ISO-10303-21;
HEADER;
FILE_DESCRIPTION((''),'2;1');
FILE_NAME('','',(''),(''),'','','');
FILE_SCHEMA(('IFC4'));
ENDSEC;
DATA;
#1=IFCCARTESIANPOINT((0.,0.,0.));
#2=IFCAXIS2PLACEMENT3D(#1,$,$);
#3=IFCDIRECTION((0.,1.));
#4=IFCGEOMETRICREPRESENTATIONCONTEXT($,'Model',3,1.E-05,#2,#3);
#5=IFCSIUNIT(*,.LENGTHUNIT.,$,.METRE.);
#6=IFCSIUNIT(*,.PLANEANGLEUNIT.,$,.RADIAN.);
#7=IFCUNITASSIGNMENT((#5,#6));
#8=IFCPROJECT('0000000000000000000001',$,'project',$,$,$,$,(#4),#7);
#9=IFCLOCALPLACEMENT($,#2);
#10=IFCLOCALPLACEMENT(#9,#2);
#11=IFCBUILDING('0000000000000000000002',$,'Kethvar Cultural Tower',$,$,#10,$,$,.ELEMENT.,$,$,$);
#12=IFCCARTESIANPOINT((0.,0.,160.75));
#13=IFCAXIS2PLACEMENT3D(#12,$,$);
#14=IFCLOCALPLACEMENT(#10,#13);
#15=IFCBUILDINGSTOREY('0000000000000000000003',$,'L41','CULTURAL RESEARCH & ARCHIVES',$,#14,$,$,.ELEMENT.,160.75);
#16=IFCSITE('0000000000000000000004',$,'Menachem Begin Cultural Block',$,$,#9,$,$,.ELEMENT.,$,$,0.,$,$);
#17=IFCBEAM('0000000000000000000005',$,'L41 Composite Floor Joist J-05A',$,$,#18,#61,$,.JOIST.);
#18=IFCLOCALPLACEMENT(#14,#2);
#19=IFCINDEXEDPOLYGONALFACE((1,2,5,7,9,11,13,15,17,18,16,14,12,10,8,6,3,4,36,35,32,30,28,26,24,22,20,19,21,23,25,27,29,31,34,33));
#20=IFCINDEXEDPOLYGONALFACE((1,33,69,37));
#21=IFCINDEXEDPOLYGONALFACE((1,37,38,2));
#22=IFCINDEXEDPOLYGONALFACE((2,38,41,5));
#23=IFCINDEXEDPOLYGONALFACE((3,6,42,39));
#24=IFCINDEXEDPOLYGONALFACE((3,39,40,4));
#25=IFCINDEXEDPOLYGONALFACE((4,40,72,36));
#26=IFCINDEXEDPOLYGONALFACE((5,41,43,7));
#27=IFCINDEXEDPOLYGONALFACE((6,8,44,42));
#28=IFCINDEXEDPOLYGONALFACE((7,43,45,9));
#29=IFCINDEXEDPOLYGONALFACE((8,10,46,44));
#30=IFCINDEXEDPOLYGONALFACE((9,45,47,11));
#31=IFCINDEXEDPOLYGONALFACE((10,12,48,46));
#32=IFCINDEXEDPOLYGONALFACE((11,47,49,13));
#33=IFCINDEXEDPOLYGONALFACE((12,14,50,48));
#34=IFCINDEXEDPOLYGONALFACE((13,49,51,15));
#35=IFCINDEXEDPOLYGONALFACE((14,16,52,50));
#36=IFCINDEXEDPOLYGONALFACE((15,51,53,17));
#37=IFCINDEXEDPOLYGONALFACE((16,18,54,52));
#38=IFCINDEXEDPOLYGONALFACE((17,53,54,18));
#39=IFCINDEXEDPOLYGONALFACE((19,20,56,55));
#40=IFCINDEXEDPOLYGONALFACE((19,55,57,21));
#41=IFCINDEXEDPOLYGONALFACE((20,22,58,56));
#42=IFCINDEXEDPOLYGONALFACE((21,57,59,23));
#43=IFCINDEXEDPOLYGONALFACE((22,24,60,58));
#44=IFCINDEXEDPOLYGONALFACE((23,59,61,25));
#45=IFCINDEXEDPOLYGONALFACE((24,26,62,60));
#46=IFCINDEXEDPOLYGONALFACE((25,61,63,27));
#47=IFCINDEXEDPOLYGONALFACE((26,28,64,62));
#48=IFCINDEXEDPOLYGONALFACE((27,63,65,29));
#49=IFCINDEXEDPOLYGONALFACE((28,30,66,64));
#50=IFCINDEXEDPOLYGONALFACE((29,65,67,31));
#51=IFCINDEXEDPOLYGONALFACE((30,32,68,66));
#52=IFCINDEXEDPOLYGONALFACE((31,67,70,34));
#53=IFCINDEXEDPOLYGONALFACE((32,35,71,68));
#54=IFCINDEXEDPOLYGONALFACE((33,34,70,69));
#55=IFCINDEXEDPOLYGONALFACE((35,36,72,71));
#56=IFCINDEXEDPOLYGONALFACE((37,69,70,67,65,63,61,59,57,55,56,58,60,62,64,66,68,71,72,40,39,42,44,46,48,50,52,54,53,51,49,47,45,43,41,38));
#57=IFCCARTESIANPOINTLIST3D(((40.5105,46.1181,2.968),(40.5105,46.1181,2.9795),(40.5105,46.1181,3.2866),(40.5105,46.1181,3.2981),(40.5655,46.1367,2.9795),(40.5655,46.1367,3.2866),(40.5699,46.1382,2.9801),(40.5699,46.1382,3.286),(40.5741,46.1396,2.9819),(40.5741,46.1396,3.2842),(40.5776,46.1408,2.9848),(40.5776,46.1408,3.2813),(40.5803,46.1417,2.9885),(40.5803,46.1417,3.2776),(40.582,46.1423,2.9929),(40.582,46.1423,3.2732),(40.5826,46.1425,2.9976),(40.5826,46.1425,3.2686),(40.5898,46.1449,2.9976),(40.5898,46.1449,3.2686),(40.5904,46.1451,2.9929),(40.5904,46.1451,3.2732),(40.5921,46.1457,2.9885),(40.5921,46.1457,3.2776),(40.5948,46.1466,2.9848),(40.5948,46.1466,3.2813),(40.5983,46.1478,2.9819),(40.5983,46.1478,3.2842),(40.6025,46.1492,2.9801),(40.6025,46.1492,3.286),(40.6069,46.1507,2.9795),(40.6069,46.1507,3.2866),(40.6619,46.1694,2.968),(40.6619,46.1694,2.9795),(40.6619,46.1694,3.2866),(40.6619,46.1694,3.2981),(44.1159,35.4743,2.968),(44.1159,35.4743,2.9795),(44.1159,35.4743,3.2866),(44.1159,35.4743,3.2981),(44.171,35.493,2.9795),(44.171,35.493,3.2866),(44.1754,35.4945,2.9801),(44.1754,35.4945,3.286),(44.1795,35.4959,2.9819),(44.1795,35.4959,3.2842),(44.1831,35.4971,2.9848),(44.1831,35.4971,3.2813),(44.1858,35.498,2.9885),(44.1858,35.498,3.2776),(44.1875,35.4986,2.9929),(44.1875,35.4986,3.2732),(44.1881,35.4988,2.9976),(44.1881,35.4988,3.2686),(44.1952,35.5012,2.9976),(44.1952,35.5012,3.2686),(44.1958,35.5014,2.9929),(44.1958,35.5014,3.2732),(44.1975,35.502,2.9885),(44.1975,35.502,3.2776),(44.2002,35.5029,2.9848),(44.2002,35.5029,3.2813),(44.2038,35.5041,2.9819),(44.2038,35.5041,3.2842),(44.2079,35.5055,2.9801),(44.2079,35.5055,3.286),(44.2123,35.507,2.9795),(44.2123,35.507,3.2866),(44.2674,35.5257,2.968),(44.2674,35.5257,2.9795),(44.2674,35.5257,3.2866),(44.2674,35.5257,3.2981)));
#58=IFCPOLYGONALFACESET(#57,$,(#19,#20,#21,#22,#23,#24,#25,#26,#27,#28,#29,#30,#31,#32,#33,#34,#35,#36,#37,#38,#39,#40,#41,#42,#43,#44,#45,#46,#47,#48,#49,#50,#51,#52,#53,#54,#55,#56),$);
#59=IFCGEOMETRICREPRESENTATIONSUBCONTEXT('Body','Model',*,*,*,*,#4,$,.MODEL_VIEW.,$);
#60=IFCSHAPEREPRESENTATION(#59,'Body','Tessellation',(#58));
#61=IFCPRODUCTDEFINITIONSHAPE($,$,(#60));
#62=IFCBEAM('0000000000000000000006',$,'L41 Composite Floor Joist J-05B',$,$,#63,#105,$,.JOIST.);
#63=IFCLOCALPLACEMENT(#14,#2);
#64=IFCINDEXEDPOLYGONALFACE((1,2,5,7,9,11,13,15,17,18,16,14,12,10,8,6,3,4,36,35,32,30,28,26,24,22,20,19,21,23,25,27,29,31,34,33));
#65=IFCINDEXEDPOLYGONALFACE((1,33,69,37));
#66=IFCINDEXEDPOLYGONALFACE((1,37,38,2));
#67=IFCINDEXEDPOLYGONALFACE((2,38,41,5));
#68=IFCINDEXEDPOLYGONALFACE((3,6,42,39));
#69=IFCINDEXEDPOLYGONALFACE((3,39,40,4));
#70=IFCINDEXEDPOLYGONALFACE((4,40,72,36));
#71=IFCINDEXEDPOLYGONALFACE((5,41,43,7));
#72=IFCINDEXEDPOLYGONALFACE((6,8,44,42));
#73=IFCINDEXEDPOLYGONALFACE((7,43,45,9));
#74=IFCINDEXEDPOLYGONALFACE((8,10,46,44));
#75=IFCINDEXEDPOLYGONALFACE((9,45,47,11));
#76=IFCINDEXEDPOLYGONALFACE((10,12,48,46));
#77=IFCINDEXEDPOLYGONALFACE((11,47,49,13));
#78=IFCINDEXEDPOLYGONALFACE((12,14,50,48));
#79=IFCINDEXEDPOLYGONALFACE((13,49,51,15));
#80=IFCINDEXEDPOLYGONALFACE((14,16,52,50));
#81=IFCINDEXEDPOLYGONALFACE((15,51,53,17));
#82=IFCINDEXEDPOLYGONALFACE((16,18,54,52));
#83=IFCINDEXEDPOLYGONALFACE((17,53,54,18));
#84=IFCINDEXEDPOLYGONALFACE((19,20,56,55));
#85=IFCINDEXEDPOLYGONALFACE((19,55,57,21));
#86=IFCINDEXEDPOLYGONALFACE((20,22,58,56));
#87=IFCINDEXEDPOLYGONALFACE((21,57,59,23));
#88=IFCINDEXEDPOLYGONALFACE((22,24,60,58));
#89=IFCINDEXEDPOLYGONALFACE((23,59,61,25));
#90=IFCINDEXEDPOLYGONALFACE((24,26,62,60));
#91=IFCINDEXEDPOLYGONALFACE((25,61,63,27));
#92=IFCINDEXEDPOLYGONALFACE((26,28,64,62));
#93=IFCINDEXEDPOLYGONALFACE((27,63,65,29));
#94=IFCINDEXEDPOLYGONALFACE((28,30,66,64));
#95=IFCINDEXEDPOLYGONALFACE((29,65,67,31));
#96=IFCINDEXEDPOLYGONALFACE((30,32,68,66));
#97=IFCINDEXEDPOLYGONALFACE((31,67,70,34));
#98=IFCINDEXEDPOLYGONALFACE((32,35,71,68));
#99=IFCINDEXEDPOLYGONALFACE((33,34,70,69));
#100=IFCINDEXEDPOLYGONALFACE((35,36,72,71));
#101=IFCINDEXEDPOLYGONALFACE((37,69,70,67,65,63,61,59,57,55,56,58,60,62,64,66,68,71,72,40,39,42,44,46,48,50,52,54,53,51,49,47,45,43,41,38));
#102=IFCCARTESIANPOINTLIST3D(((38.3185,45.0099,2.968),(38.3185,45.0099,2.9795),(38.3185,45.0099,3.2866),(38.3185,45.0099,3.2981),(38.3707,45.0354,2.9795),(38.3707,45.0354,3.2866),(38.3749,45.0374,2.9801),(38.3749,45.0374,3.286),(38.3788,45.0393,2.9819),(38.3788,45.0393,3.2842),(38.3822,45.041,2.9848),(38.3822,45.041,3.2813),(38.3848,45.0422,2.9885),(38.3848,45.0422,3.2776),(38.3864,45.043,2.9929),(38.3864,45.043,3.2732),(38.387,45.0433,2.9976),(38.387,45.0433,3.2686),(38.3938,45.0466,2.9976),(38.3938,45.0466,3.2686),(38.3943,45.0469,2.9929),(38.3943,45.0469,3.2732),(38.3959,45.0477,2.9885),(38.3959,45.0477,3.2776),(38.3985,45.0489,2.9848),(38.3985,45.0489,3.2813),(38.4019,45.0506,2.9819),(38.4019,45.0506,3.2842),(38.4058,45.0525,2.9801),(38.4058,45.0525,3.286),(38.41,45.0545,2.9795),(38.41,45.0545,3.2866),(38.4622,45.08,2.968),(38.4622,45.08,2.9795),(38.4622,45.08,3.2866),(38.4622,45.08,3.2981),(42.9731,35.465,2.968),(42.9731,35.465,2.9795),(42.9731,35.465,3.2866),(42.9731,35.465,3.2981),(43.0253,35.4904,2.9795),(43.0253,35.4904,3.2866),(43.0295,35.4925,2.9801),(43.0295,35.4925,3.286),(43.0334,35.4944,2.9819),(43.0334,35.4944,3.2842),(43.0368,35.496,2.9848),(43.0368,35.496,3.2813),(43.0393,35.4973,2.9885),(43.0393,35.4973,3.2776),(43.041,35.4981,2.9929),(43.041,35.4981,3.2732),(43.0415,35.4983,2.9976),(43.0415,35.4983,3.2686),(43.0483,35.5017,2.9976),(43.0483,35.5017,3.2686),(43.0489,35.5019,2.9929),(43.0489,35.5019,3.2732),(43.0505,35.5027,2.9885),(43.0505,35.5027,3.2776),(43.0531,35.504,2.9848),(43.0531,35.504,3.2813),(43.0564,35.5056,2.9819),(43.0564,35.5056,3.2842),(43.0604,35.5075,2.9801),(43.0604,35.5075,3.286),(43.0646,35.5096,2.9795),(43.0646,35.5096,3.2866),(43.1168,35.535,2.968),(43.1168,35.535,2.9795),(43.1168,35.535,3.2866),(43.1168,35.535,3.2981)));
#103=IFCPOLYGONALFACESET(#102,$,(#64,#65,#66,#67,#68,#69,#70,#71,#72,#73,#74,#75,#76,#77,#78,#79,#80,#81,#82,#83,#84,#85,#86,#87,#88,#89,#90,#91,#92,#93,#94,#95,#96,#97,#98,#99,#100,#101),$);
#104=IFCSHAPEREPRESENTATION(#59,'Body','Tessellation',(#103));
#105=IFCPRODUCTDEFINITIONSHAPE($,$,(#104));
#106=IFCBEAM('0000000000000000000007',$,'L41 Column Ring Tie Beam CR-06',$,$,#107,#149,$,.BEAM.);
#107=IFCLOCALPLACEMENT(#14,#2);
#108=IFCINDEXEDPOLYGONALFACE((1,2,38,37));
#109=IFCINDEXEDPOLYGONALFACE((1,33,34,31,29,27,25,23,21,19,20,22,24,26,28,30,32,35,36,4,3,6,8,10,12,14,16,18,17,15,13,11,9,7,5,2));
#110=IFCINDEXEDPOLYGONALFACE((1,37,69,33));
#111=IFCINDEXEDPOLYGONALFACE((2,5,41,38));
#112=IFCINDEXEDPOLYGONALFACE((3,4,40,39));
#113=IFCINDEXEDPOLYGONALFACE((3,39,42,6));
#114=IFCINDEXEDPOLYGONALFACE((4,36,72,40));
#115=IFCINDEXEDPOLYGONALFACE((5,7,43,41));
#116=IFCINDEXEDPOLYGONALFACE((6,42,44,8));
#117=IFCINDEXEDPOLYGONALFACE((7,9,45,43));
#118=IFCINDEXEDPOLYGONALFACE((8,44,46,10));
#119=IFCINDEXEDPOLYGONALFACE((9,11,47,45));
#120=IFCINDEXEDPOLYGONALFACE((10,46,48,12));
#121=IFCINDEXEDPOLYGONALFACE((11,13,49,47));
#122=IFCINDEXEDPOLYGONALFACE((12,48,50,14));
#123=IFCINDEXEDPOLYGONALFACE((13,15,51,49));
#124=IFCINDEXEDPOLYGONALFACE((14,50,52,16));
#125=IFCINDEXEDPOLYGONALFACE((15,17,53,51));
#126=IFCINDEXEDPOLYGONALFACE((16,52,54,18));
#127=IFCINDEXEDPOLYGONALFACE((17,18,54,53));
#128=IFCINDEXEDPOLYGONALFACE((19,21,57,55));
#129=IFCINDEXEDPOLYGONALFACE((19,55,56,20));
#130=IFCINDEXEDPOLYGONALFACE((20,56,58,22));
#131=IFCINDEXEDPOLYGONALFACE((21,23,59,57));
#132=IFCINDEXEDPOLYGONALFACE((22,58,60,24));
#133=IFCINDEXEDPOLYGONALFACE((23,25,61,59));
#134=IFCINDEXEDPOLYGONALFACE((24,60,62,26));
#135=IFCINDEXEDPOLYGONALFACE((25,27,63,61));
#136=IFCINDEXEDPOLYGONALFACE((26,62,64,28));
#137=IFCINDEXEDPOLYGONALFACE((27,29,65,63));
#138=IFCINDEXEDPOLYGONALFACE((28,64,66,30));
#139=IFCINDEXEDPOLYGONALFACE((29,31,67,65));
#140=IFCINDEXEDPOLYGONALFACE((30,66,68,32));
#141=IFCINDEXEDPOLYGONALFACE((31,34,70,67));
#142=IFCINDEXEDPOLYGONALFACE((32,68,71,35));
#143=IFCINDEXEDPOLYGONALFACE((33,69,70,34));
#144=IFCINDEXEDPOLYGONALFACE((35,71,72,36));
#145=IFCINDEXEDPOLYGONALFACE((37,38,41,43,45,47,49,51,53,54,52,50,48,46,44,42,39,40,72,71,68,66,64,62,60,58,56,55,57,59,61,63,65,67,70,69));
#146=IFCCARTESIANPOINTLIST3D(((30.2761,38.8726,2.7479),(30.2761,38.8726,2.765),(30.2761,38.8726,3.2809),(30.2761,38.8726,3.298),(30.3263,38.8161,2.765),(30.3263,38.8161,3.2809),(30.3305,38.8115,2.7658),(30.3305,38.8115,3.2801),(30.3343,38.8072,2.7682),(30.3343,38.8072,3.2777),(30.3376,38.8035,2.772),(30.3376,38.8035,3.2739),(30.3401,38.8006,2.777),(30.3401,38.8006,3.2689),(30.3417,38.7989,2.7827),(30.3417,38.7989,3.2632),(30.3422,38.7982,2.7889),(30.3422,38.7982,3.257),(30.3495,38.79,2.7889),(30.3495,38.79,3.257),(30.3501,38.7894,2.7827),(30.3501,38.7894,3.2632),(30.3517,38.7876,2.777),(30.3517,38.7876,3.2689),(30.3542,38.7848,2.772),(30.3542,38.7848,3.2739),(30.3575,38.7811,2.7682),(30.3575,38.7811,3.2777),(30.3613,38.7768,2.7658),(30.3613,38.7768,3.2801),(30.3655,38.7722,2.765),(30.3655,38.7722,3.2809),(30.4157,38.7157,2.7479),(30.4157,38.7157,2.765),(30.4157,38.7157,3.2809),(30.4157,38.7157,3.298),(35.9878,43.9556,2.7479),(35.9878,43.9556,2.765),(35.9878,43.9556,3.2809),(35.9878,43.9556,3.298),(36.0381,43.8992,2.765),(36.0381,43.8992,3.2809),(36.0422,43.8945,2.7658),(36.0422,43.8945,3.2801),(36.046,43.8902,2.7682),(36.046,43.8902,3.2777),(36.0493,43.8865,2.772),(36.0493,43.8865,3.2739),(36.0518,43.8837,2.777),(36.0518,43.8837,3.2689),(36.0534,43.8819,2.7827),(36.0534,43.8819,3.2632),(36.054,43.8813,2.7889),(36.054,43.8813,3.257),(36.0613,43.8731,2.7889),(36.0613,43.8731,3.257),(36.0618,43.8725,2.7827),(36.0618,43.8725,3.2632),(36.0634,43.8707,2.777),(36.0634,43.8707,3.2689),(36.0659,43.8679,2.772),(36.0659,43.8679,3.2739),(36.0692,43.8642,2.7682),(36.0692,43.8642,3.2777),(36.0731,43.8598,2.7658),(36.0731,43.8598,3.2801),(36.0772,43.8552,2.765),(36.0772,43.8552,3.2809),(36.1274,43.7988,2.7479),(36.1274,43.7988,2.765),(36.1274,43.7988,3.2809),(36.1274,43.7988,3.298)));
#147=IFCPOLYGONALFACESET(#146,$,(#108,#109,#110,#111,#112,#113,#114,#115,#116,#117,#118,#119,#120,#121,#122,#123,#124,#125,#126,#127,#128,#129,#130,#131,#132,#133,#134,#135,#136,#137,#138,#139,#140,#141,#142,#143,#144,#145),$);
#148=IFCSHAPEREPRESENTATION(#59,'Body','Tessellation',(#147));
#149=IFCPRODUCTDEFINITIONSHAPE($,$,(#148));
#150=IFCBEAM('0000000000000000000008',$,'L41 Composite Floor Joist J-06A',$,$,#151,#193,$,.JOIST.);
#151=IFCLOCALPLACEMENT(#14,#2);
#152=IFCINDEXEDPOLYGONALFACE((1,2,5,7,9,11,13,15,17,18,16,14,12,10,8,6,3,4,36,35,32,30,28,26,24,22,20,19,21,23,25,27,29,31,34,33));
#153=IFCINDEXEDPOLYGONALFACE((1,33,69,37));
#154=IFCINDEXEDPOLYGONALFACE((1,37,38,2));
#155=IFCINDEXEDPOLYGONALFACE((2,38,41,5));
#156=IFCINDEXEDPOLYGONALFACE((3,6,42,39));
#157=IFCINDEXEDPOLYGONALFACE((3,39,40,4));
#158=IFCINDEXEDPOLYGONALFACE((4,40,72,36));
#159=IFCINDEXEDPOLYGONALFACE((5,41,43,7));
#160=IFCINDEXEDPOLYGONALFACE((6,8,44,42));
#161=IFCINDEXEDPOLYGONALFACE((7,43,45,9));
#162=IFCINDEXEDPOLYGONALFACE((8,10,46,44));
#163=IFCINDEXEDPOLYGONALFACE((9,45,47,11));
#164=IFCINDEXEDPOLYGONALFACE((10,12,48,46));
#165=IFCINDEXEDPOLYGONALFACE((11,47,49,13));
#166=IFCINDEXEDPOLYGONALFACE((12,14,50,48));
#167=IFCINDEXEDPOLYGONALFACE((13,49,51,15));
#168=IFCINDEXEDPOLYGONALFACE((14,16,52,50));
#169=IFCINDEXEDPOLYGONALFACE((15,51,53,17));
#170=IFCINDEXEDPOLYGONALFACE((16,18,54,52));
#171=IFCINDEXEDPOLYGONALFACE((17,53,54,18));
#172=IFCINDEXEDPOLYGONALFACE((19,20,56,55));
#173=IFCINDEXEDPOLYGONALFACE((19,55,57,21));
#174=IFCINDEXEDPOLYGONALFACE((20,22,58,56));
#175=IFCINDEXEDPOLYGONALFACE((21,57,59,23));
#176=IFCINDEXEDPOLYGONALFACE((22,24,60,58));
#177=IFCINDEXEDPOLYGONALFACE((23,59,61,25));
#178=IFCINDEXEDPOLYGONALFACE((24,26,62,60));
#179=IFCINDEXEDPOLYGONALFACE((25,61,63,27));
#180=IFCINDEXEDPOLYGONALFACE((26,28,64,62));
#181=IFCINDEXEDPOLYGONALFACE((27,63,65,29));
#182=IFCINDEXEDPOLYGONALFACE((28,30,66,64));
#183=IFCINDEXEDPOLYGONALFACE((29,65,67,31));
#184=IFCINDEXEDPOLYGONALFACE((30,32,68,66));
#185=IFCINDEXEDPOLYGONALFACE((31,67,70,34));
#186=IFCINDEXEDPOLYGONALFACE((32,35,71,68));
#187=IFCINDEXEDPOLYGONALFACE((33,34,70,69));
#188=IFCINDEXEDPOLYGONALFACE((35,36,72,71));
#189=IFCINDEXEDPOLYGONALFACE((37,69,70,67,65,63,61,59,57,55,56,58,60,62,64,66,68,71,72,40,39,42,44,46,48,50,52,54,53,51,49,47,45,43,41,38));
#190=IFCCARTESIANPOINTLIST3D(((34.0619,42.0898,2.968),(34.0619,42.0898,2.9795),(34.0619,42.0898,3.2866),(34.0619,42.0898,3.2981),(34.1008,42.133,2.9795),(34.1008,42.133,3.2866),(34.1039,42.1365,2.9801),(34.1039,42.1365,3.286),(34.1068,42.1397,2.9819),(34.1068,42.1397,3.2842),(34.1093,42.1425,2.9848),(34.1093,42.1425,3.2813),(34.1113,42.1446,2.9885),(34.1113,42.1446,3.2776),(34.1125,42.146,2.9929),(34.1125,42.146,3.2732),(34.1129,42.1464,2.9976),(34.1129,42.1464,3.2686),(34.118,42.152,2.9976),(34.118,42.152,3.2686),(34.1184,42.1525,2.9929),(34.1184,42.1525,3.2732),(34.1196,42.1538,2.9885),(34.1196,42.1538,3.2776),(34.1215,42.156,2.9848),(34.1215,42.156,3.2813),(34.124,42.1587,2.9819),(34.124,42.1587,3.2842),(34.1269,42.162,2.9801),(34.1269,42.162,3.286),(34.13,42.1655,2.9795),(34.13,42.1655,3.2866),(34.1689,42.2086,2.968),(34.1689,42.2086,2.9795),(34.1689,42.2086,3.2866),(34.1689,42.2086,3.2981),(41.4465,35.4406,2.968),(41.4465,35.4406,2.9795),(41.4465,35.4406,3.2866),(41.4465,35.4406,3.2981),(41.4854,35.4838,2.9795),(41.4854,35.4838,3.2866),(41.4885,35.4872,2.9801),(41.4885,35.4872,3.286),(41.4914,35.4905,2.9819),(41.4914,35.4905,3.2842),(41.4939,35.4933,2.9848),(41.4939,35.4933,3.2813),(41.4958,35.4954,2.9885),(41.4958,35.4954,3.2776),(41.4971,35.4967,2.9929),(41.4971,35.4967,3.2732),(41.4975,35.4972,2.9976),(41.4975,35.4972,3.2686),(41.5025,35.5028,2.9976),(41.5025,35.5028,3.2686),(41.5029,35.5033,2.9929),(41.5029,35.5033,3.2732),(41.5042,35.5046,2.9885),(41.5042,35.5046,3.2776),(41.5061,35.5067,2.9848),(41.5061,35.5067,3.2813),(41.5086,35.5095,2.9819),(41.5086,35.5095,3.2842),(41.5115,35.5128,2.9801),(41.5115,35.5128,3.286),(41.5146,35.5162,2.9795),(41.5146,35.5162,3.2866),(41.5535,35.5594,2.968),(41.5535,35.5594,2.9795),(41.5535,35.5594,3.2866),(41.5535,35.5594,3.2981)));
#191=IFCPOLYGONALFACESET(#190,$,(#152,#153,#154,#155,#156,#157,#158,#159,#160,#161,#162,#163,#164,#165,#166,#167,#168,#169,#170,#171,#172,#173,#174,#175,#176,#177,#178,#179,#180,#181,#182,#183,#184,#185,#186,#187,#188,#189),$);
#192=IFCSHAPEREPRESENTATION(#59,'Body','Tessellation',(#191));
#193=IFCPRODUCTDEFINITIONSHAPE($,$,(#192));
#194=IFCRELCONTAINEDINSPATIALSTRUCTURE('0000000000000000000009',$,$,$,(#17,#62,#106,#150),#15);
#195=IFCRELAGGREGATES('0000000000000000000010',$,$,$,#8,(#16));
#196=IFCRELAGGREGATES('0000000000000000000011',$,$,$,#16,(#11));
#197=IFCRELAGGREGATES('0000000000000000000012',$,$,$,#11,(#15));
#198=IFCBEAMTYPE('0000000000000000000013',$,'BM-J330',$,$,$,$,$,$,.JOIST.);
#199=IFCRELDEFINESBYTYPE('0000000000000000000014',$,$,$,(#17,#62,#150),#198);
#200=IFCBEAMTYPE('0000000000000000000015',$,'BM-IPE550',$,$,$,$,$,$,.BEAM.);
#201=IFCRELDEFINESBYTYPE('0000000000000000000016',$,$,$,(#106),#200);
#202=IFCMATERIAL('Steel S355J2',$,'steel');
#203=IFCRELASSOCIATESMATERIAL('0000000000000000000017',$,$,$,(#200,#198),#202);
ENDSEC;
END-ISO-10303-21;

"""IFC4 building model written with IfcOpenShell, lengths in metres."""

from ifc_helpers import new_model, si_unit, direction, frame, origin, origin_2d, place, context, subcontext, project, spatial, i_section, extrude, source, transform, mapped, material, material_profile, profile_set, type_object, element, save


model = new_model("IFC4")

# Units and contexts
model_context = context("Model", 3, precision=1e-05, world=origin(), true_north=direction((0.0, 1.0)))
body_context = subcontext(model_context, "Body", "Model", "MODEL_VIEW")
ifc_project = project(units=[si_unit("LENGTHUNIT", "METRE"), si_unit("PLANEANGLEUNIT", "RADIAN")], contexts=[model_context])

# Site, building, storey
site_placement = place(None, origin())
site = spatial("IfcSite", under=ifc_project, at=site_placement, Name="Menachem Begin Cultural Block", CompositionType="ELEMENT", RefElevation=0.0)
building_placement = place(site_placement, origin())
building = spatial("IfcBuilding", under=site, at=building_placement, Name="Kethvar Cultural Tower", CompositionType="ELEMENT")
storey_placement = place(building_placement, frame((0.0, 0.0, 160.75)))
storey = spatial("IfcBuildingStorey", under=building, at=storey_placement, Name="L41", Description="CULTURAL RESEARCH & ARCHIVES", CompositionType="ELEMENT", Elevation=160.75)

# Beams
ifc_material_1 = material(Name="Steel S355J2", Category="steel")
ifc_material_profile_1 = material_profile(ifc_material_1, i_section(OverallWidth=0.21, OverallDepth=0.55, WebThickness=0.011, FlangeThickness=0.0171, FilletRadius=0.0239, at=origin_2d()), Name="Steel S355J2 — IPE550")
ifc_profile_set_1 = profile_set([ifc_material_profile_1], Name="Steel S355J2 — IPE550")
beam_type_1 = type_object("IfcBeamType", Name="BM-IPE550", PredefinedType="BEAM", material=ifc_profile_set_1)
ifc_material_profile_2 = material_profile(ifc_material_1, i_section(OverallWidth=0.1599, OverallDepth=0.3301, WebThickness=0.0076, FlangeThickness=0.0115, FilletRadius=0.0181, at=origin_2d()), Name="Steel S355J2 — IPE330")
ifc_profile_set_2 = profile_set([ifc_material_profile_2], Name="Steel S355J2 — IPE330")
beam_type_2 = type_object("IfcBeamType", Name="BM-J330", PredefinedType="JOIST", material=ifc_profile_set_2)
shared_shape_1 = source(origin(), body_context, "Body", "SweptSolid", [
    extrude(i_section(OverallWidth=0.1599, OverallDepth=0.3301, WebThickness=0.0076, FlangeThickness=0.0115, FilletRadius=0.0181, at=origin_2d()), origin(), (0.0, 0.0, 1.0), 11.2378),
])
beam_1_placement = place(storey_placement, frame((44.1917, 35.5, 3.1331), z_axis=(-0.320832, 0.947136, 0.0), x_axis=(-0.947136, -0.320832, 0.0)))
element("IfcBeam", 1, at=beam_1_placement, inside=storey, type_object=beam_type_2, Name="L41 Composite Floor Joist J-05A", PredefinedType="JOIST", context=body_context, shape_type="MappedRepresentation", body=[
    mapped(shared_shape_1, transform((0.0, 0.0, 0.0), scale=1.0)),
])
shared_shape_2 = source(origin(), body_context, "Body", "SweptSolid", [
    extrude(i_section(OverallWidth=0.1599, OverallDepth=0.3301, WebThickness=0.0076, FlangeThickness=0.0115, FilletRadius=0.0181, at=origin_2d()), origin(), (0.0, 0.0, 1.0), 10.6194),
])
beam_2_placement = place(storey_placement, frame((43.0449, 35.5, 3.1331), z_axis=(-0.438308, 0.898825, 0.0), x_axis=(-0.898825, -0.438308, 0.0)))
element("IfcBeam", 2, at=beam_2_placement, inside=storey, type_object=beam_type_2, Name="L41 Composite Floor Joist J-05B", PredefinedType="JOIST", context=body_context, shape_type="MappedRepresentation", body=[
    mapped(shared_shape_2, transform((0.0, 0.0, 0.0), scale=1.0)),
])
shared_shape_3 = source(origin(), body_context, "Body", "SweptSolid", [
    extrude(i_section(OverallWidth=0.21, OverallDepth=0.55, WebThickness=0.011, FlangeThickness=0.0171, FilletRadius=0.0239, at=origin_2d()), origin(), (0.0, 0.0, 1.0), 7.646),
])
beam_3_placement = place(storey_placement, frame((36.0576, 43.8772, 3.0229), z_axis=(-0.747022, -0.6648, 0.0), x_axis=(0.6648, -0.747022, 0.0)))
element("IfcBeam", 3, at=beam_3_placement, inside=storey, type_object=beam_type_1, Name="L41 Column Ring Tie Beam CR-06", PredefinedType="BEAM", context=body_context, shape_type="MappedRepresentation", body=[
    mapped(shared_shape_3, transform((0.0, 0.0, 0.0), scale=1.0)),
])
shared_shape_4 = source(origin(), body_context, "Body", "SweptSolid", [
    extrude(i_section(OverallWidth=0.1599, OverallDepth=0.3301, WebThickness=0.0076, FlangeThickness=0.0115, FilletRadius=0.0181, at=origin_2d()), origin(), (0.0, 0.0, 1.0), 9.937),
])
beam_4_placement = place(storey_placement, frame((41.5, 35.5, 3.1331), z_axis=(-0.743139, 0.669137, 0.0), x_axis=(-0.669137, -0.743139, 0.0)))
element("IfcBeam", 4, at=beam_4_placement, inside=storey, type_object=beam_type_2, Name="L41 Composite Floor Joist J-06A", PredefinedType="JOIST", context=body_context, shape_type="MappedRepresentation", body=[
    mapped(shared_shape_4, transform((0.0, 0.0, 0.0), scale=1.0)),
])

save(model, "model.ifc")
